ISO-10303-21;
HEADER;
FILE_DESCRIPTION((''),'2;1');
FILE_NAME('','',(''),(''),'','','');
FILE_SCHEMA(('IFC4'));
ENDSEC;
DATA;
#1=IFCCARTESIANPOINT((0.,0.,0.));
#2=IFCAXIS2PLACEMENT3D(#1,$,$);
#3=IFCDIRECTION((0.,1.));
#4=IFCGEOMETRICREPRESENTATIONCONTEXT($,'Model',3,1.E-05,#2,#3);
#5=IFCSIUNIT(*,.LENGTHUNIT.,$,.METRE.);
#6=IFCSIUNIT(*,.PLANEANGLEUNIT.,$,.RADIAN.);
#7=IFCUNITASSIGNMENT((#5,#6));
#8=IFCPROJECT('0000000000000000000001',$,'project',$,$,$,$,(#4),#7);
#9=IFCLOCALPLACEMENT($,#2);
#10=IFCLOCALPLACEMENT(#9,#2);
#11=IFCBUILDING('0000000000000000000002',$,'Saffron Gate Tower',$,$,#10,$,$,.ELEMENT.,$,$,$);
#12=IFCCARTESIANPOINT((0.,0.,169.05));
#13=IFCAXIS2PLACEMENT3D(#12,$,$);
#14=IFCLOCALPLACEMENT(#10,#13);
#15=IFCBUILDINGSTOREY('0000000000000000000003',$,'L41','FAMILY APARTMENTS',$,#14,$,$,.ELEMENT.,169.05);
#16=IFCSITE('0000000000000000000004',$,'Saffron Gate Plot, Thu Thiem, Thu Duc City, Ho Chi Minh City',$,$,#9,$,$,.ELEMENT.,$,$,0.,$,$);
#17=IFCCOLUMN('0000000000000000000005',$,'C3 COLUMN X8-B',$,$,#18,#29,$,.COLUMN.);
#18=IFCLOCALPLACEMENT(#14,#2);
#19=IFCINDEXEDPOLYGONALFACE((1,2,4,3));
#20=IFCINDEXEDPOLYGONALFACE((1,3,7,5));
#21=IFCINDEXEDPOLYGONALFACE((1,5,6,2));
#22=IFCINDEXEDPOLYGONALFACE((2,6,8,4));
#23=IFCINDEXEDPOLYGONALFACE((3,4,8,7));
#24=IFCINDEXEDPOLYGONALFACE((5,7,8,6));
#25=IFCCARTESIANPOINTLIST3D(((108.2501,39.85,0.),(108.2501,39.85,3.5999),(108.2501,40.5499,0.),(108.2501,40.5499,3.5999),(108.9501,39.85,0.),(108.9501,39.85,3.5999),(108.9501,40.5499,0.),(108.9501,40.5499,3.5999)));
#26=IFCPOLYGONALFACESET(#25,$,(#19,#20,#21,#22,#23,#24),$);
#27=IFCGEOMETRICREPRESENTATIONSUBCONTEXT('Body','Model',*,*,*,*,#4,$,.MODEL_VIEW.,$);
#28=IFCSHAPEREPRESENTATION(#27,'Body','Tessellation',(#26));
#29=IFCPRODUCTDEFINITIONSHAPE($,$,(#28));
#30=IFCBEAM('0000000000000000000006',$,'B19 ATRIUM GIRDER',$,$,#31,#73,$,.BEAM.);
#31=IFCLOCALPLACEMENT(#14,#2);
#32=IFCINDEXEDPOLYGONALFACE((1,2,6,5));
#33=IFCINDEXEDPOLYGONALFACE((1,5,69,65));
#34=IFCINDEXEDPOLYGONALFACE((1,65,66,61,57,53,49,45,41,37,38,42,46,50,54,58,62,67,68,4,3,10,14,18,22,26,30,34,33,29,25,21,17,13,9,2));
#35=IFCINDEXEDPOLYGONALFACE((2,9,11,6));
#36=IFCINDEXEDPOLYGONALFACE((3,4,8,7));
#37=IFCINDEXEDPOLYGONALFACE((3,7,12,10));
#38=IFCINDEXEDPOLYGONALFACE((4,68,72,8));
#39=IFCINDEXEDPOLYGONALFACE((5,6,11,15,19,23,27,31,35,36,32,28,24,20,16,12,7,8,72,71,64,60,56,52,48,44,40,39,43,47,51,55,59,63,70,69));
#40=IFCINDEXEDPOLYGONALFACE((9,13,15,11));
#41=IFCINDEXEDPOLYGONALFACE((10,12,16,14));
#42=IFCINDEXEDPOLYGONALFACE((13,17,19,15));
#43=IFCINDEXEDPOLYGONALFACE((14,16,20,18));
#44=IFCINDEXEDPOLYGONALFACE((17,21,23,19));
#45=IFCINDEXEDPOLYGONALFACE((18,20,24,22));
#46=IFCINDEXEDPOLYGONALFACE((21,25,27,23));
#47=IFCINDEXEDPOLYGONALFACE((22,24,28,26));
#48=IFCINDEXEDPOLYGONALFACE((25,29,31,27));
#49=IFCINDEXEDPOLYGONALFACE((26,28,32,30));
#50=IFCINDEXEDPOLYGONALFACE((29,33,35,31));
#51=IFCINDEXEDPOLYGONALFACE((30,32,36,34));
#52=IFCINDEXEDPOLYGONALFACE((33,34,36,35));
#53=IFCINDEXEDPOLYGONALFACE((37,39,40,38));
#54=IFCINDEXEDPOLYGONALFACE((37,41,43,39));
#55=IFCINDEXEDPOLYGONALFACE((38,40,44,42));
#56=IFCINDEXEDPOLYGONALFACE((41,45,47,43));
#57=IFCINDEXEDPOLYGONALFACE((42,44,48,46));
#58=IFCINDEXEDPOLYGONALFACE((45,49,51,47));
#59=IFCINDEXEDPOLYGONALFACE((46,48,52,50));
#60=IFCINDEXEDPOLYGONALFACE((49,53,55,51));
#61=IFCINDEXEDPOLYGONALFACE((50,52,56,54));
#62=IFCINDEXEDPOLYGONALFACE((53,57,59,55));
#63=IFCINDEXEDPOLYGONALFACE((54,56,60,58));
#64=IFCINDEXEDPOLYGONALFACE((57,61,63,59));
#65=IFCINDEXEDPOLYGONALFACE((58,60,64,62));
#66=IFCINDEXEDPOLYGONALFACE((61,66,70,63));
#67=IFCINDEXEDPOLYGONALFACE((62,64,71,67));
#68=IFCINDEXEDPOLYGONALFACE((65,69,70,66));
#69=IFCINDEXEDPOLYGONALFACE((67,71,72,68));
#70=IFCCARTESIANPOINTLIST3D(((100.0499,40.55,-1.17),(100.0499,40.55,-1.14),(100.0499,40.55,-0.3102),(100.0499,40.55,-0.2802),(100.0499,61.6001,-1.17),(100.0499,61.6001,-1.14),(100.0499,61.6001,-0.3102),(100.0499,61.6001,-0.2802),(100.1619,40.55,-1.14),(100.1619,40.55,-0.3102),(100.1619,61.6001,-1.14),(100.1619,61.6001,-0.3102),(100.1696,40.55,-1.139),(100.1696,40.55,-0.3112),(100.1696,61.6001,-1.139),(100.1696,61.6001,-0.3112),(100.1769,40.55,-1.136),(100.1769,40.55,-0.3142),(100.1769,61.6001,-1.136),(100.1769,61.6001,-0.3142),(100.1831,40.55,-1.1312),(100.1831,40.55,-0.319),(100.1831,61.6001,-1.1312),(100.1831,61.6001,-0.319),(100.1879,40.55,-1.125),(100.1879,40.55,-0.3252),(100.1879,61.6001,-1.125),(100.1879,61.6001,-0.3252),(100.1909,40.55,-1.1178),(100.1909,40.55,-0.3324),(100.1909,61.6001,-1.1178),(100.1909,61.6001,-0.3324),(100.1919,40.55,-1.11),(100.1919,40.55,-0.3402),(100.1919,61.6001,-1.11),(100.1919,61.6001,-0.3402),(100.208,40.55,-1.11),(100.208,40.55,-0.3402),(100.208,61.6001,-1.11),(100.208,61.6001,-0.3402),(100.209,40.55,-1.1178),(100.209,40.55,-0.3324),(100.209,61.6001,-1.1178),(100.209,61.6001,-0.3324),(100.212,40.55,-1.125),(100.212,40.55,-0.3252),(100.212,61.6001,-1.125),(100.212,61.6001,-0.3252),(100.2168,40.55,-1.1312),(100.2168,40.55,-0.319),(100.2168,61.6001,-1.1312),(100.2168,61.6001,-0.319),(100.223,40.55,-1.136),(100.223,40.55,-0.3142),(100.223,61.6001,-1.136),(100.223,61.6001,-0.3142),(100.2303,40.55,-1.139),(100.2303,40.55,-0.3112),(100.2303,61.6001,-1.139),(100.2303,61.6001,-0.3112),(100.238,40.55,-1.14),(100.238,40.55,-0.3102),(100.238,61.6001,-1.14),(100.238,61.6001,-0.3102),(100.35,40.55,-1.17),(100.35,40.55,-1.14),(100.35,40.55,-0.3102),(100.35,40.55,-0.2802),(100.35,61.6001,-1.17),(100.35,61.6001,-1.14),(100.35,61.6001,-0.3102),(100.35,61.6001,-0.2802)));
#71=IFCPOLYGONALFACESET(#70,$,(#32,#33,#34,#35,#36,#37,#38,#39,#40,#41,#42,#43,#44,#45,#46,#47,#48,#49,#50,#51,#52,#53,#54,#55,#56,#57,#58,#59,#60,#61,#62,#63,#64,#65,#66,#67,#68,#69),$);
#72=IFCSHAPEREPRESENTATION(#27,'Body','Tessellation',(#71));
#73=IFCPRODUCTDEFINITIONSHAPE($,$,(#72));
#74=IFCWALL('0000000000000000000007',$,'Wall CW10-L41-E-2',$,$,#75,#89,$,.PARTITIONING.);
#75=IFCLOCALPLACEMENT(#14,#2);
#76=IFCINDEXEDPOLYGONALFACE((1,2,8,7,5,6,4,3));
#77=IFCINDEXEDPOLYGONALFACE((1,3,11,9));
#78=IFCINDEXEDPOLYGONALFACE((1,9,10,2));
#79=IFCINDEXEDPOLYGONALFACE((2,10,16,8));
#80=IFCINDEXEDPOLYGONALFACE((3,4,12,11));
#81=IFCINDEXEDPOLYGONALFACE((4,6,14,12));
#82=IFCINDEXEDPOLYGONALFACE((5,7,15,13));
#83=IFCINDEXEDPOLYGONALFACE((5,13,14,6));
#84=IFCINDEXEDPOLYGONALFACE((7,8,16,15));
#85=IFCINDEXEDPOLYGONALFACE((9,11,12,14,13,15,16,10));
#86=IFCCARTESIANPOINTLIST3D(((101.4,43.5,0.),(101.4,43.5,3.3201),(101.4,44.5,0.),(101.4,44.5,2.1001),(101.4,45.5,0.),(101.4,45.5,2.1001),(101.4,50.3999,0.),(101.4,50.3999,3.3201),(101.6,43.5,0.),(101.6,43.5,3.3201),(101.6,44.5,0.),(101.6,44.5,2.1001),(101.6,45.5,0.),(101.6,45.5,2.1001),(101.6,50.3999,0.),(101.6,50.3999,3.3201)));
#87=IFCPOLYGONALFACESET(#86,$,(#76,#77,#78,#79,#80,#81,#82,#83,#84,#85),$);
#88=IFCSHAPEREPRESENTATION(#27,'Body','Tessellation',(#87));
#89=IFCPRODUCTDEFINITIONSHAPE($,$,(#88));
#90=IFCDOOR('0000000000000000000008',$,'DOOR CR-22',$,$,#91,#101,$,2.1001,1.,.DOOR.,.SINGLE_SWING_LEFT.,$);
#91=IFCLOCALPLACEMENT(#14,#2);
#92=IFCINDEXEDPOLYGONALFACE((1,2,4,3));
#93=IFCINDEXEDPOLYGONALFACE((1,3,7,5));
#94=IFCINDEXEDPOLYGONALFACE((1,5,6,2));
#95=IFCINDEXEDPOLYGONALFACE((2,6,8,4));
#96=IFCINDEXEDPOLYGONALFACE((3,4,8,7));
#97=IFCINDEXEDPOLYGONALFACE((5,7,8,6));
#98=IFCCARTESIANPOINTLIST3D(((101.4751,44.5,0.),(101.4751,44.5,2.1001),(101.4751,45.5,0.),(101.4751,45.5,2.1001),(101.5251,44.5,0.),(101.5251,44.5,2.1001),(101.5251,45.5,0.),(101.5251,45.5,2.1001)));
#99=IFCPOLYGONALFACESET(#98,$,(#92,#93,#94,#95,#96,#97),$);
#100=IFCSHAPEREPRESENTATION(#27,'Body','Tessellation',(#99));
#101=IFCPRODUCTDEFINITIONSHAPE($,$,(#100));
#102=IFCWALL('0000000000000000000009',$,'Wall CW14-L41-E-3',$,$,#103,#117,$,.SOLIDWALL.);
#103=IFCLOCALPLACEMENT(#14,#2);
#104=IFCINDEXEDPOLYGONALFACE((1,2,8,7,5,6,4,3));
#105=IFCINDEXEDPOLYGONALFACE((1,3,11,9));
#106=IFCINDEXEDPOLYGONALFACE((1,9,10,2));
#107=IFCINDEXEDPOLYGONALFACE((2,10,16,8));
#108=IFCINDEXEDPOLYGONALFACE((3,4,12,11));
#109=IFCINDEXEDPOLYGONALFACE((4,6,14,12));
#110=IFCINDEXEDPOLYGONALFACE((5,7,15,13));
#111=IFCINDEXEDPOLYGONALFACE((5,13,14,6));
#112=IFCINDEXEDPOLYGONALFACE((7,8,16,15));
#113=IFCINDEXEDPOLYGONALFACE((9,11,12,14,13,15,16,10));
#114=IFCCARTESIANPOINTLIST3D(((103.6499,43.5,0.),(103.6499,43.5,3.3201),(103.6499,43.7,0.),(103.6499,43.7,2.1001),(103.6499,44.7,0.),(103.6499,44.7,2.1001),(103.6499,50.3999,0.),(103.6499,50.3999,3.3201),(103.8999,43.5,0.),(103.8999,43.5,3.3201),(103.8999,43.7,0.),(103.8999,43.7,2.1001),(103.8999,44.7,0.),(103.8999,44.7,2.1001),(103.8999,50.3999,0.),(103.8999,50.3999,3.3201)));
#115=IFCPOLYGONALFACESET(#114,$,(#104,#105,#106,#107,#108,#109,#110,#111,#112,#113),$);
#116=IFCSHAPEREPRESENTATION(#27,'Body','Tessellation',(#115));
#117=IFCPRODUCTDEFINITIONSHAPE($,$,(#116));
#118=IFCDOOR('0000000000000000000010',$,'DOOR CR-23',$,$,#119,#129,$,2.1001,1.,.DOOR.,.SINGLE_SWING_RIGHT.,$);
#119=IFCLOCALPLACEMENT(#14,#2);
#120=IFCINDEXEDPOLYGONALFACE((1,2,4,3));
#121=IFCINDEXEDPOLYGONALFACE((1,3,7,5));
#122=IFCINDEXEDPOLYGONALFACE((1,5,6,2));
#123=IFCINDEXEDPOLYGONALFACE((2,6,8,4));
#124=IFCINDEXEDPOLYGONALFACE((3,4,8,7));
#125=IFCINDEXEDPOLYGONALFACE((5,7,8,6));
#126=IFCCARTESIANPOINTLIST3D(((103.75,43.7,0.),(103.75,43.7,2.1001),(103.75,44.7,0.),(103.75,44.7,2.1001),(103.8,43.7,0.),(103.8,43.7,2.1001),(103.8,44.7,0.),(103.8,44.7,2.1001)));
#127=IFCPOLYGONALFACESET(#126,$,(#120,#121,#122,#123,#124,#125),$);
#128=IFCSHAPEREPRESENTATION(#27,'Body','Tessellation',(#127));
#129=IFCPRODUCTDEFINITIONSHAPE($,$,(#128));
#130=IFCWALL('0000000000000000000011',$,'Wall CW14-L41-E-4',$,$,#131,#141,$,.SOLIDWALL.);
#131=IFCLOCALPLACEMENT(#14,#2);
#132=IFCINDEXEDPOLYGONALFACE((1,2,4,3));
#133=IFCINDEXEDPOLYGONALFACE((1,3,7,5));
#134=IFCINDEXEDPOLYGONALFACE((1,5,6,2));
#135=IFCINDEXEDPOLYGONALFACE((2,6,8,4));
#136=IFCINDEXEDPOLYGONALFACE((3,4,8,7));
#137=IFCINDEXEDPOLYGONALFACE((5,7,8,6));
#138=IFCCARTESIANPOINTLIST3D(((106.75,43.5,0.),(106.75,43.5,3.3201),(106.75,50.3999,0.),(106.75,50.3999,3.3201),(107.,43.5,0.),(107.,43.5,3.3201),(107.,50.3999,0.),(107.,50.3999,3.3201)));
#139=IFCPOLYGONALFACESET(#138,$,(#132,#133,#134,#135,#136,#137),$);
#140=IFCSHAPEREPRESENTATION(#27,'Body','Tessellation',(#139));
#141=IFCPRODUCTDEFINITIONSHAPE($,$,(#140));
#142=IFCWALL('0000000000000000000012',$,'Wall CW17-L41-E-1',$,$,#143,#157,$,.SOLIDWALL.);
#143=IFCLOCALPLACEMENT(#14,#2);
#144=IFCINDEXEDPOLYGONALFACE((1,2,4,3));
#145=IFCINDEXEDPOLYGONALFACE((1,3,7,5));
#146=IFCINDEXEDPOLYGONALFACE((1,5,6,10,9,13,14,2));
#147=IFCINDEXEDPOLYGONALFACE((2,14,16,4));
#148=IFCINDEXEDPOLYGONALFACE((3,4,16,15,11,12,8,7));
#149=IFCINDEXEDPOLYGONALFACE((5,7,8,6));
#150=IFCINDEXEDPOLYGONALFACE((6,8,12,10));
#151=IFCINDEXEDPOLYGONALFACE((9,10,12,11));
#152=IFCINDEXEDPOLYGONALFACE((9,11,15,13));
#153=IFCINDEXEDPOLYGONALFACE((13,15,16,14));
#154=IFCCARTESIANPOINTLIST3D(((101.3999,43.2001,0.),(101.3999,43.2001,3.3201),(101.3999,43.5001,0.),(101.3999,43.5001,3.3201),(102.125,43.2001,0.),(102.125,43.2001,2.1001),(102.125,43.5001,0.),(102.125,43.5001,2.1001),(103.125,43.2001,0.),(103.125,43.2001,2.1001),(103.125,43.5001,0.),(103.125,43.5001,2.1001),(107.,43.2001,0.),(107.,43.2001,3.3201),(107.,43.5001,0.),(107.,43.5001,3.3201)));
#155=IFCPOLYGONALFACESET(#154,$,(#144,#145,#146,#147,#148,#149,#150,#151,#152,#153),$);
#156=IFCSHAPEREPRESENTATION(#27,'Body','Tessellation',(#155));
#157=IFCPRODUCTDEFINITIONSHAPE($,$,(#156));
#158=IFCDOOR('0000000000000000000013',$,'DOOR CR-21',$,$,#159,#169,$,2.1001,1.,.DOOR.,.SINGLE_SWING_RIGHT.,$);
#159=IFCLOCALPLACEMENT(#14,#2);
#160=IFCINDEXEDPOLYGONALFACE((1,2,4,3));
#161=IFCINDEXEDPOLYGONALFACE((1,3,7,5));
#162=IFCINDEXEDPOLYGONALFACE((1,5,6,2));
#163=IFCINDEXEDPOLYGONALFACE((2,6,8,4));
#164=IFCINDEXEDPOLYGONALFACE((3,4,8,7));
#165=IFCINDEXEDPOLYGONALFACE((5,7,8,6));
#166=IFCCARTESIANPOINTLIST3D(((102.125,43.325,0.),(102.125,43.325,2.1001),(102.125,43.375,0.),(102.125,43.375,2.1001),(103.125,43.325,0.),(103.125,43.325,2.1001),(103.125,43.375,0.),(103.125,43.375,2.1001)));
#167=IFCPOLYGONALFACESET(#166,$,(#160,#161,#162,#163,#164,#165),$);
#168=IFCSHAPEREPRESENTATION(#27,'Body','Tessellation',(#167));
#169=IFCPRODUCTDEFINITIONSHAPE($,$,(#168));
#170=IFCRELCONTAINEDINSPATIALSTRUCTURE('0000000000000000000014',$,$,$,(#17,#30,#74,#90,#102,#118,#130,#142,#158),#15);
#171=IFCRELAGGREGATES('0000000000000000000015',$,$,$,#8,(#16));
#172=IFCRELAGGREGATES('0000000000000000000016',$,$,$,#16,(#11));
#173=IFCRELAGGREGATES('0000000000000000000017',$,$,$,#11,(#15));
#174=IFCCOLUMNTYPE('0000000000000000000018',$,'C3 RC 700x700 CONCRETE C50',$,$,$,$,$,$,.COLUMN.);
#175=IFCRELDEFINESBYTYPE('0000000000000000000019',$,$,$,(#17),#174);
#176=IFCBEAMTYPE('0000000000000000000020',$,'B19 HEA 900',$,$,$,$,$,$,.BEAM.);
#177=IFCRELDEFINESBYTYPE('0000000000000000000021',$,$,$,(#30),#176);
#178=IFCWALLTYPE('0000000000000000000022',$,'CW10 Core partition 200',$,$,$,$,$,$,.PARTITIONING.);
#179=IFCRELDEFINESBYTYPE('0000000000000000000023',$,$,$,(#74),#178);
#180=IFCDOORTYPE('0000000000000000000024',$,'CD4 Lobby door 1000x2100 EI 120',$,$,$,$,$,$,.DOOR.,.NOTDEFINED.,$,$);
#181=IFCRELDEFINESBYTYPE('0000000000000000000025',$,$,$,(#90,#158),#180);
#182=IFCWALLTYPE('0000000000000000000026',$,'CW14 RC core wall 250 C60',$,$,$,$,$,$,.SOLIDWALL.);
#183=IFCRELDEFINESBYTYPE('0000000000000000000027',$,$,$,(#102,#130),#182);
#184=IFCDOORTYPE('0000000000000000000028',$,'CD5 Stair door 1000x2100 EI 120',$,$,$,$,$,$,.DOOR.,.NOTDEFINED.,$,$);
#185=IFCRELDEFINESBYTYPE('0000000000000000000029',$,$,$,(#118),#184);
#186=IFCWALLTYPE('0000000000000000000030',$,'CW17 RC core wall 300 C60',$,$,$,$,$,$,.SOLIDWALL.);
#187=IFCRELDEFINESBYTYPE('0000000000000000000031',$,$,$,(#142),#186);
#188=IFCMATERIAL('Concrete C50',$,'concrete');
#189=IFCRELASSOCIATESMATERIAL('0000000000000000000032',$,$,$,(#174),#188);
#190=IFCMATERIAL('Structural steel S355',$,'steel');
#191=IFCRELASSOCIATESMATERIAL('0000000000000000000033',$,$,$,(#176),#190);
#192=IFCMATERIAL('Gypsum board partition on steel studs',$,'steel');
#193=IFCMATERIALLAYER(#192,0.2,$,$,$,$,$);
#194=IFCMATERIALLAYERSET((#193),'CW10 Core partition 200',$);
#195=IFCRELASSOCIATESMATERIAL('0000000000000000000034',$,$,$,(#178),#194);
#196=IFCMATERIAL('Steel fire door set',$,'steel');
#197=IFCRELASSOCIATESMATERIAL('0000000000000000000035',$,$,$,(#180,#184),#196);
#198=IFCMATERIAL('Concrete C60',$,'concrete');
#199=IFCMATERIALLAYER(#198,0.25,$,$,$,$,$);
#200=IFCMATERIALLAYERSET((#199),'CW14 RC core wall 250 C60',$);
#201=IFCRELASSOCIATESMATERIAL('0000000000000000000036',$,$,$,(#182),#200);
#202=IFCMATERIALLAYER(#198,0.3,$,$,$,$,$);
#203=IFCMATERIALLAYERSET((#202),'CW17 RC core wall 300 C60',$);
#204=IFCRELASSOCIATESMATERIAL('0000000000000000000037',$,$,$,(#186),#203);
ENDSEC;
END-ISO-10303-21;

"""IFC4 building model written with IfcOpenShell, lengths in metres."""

from ifc_helpers import new_model, si_unit, direction, frame, frame_2d, origin, origin_2d, place, context, subcontext, project, spatial, rectangle, i_section, extrude, material, layer, layer_set, material_profile, profile_set, type_object, element, fill, save


model = new_model("IFC4")

# Units and contexts
model_context = context("Model", 3, precision=1e-05, world=origin(), true_north=direction((0.0, 1.0)))
body_context = subcontext(model_context, "Body", "Model", "MODEL_VIEW")
ifc_project = project(units=[si_unit("LENGTHUNIT", "METRE"), si_unit("PLANEANGLEUNIT", "RADIAN")], contexts=[model_context])

# Site, building, storey
site_placement = place(None, origin())
site = spatial("IfcSite", under=ifc_project, at=site_placement, Name="Saffron Gate Plot, Thu Thiem, Thu Duc City, Ho Chi Minh City", CompositionType="ELEMENT", RefElevation=0.0)
building_placement = place(site_placement, origin())
building = spatial("IfcBuilding", under=site, at=building_placement, Name="Saffron Gate Tower", CompositionType="ELEMENT")
storey_placement = place(building_placement, frame((0.0, 0.0, 169.05)))
storey = spatial("IfcBuildingStorey", under=building, at=storey_placement, Name="L41", Description="FAMILY APARTMENTS", CompositionType="ELEMENT", Elevation=169.05)

# Column
ifc_material_1 = material(Name="Concrete C50", Category="concrete")
ifc_material_profile_1 = material_profile(ifc_material_1, rectangle(XDim=0.7, YDim=0.7, at=origin_2d()))
ifc_profile_set_1 = profile_set([ifc_material_profile_1], Name="Concrete C50")
column_type = type_object("IfcColumnType", Name="C3 RC 700x700 CONCRETE C50", PredefinedType="COLUMN", material=ifc_profile_set_1)
column_placement = place(storey_placement, frame((108.6001, 40.2, 0.0), z_axis=(0.0, 0.0, 1.0), x_axis=(1.0, 0.0, 0.0)))
element("IfcColumn", 1, at=column_placement, inside=storey, type_object=column_type, Name="C3 COLUMN X8-B", PredefinedType="COLUMN", context=body_context, shape_type="SweptSolid", body=[
    extrude(rectangle(XDim=0.7, YDim=0.7, at=origin_2d()), origin(), (0.0, 0.0, 1.0), 3.5999),
])

# Beam
ifc_material_2 = material(Name="Structural steel S355", Category="steel")
ifc_material_profile_2 = material_profile(ifc_material_2, i_section(OverallWidth=0.3, OverallDepth=0.8899, WebThickness=0.0161, FlangeThickness=0.03, FilletRadius=0.03, at=origin_2d()))
ifc_profile_set_2 = profile_set([ifc_material_profile_2], Name="Structural steel S355")
beam_type = type_object("IfcBeamType", Name="B19 HEA 900", PredefinedType="BEAM", material=ifc_profile_set_2)
beam_placement = place(storey_placement, frame((100.2, 40.55, -0.7251), z_axis=(0.0, 1.0, 0.0), x_axis=(-1.0, 0.0, 0.0)))
element("IfcBeam", 2, at=beam_placement, inside=storey, type_object=beam_type, Name="B19 ATRIUM GIRDER", PredefinedType="BEAM", context=body_context, shape_type="SweptSolid", body=[
    extrude(i_section(OverallWidth=0.3, OverallDepth=0.8899, WebThickness=0.0161, FlangeThickness=0.03, FilletRadius=0.03, at=origin_2d()), origin(), (0.0, 0.0, 1.0), 21.05),
])

# Walls, openings, doors
ifc_material_3 = material(Name="Gypsum board partition on steel studs", Category="steel")
ifc_layer_1 = layer(ifc_material_3, 0.2)
ifc_layer_set_1 = layer_set([ifc_layer_1], Name="CW10 Core partition 200")
wall_type_1 = type_object("IfcWallType", Name="CW10 Core partition 200", PredefinedType="PARTITIONING", material=ifc_layer_set_1)
wall_1_placement = place(storey_placement, frame((101.5, 43.5, 0.0), z_axis=(0.0, 0.0, 1.0), x_axis=(0.0, 1.0, 0.0)))
wall_1 = element("IfcWall", 3, at=wall_1_placement, inside=storey, type_object=wall_type_1, Name="Wall CW10-L41-E-2", PredefinedType="PARTITIONING", context=body_context, shape_type="SweptSolid", body=[
    extrude(rectangle(XDim=6.8999, YDim=0.2, at=frame_2d((3.45, 0.0))), origin(), (0.0, 0.0, 1.0), 3.3201),
])
opening_1_placement = place(wall_1_placement, frame((1.0, 0.0, 0.0)))
opening_1 = element("IfcOpeningElement", 4, at=opening_1_placement, cuts=wall_1, PredefinedType="OPENING", context=body_context, shape_type="SweptSolid", body=[
    extrude(rectangle(XDim=1.0, YDim=2.1001, at=frame_2d((0.5, 1.05))), frame((0.0, 0.1099, 0.0), z_axis=(0.0, -1.0, 0.0), x_axis=(1.0, 0.0, 0.0)), (0.0, 0.0, 1.0), 0.22),
])
ifc_material_4 = material(Name="Steel fire door set", Category="steel")
door_type_1 = type_object("IfcDoorType", Name="CD4 Lobby door 1000x2100 EI 120", OperationType="NOTDEFINED", PredefinedType="DOOR", material=ifc_material_4)
door_1_placement = place(opening_1_placement, origin())
door_1 = element("IfcDoor", 5, at=door_1_placement, inside=storey, type_object=door_type_1, Name="DOOR CR-22", OperationType="SINGLE_SWING_LEFT", OverallHeight=2.1001, OverallWidth=1.0, PredefinedType="DOOR", context=body_context, shape_type="SweptSolid", body=[
    extrude(rectangle(XDim=1.0, YDim=2.1001, at=frame_2d((0.5, 1.05))), frame((0.0, 0.0249, 0.0), z_axis=(0.0, -1.0, 0.0), x_axis=(1.0, 0.0, 0.0)), (0.0, 0.0, 1.0), 0.05),
])
fill(opening_1, door_1)
ifc_material_5 = material(Name="Concrete C60", Category="concrete")
ifc_layer_2 = layer(ifc_material_5, 0.25)
ifc_layer_set_2 = layer_set([ifc_layer_2], Name="CW14 RC core wall 250 C60")
wall_type_2 = type_object("IfcWallType", Name="CW14 RC core wall 250 C60", PredefinedType="SOLIDWALL", material=ifc_layer_set_2)
wall_2_placement = place(storey_placement, frame((103.7749, 43.5, 0.0), z_axis=(0.0, 0.0, 1.0), x_axis=(0.0, 1.0, 0.0)))
wall_2 = element("IfcWall", 6, at=wall_2_placement, inside=storey, type_object=wall_type_2, Name="Wall CW14-L41-E-3", PredefinedType="SOLIDWALL", context=body_context, shape_type="SweptSolid", body=[
    extrude(rectangle(XDim=6.8999, YDim=0.25, at=frame_2d((3.45, 0.0))), origin(), (0.0, 0.0, 1.0), 3.3201),
])
opening_2_placement = place(wall_2_placement, frame((0.2, 0.0, 0.0)))
opening_2 = element("IfcOpeningElement", 7, at=opening_2_placement, cuts=wall_2, PredefinedType="OPENING", context=body_context, shape_type="SweptSolid", body=[
    extrude(rectangle(XDim=1.0, YDim=2.1001, at=frame_2d((0.5, 1.05))), frame((0.0, 0.135, 0.0), z_axis=(0.0, -1.0, 0.0), x_axis=(1.0, 0.0, 0.0)), (0.0, 0.0, 1.0), 0.27),
])
door_type_2 = type_object("IfcDoorType", Name="CD5 Stair door 1000x2100 EI 120", OperationType="NOTDEFINED", PredefinedType="DOOR", material=ifc_material_4)
door_2_placement = place(opening_2_placement, origin())
door_2 = element("IfcDoor", 8, at=door_2_placement, inside=storey, type_object=door_type_2, Name="DOOR CR-23", OperationType="SINGLE_SWING_RIGHT", OverallHeight=2.1001, OverallWidth=1.0, PredefinedType="DOOR", context=body_context, shape_type="SweptSolid", body=[
    extrude(rectangle(XDim=1.0, YDim=2.1001, at=frame_2d((0.5, 1.05))), frame((0.0, 0.0249, 0.0), z_axis=(0.0, -1.0, 0.0), x_axis=(1.0, 0.0, 0.0)), (0.0, 0.0, 1.0), 0.05),
])
fill(opening_2, door_2)

# Wall
wall_3_placement = place(storey_placement, frame((106.875, 43.5, 0.0), z_axis=(0.0, 0.0, 1.0), x_axis=(0.0, 1.0, 0.0)))
element("IfcWall", 9, at=wall_3_placement, inside=storey, type_object=wall_type_2, Name="Wall CW14-L41-E-4", PredefinedType="SOLIDWALL", context=body_context, shape_type="SweptSolid", body=[
    extrude(rectangle(XDim=6.8999, YDim=0.25, at=frame_2d((3.45, 0.0))), origin(), (0.0, 0.0, 1.0), 3.3201),
])

# Wall, opening, door
ifc_layer_3 = layer(ifc_material_5, 0.3)
ifc_layer_set_3 = layer_set([ifc_layer_3], Name="CW17 RC core wall 300 C60")
wall_type_3 = type_object("IfcWallType", Name="CW17 RC core wall 300 C60", PredefinedType="SOLIDWALL", material=ifc_layer_set_3)
wall_4_placement = place(storey_placement, frame((101.3999, 43.3501, 0.0), z_axis=(0.0, 0.0, 1.0), x_axis=(1.0, 0.0, 0.0)))
wall_4 = element("IfcWall", 10, at=wall_4_placement, inside=storey, type_object=wall_type_3, Name="Wall CW17-L41-E-1", PredefinedType="SOLIDWALL", context=body_context, shape_type="SweptSolid", body=[
    extrude(rectangle(XDim=5.6001, YDim=0.3, at=frame_2d((2.8, 0.0))), origin(), (0.0, 0.0, 1.0), 3.3201),
])
opening_3_placement = place(wall_4_placement, frame((0.7251, 0.0, 0.0)))
opening_3 = element("IfcOpeningElement", 11, at=opening_3_placement, cuts=wall_4, PredefinedType="OPENING", context=body_context, shape_type="SweptSolid", body=[
    extrude(rectangle(XDim=1.0, YDim=2.1001, at=frame_2d((0.5, 1.05))), frame((0.0, 0.1602, 0.0), z_axis=(0.0, -1.0, 0.0), x_axis=(1.0, 0.0, 0.0)), (0.0, 0.0, 1.0), 0.3201),
])
door_3_placement = place(opening_3_placement, origin())
door_3 = element("IfcDoor", 12, at=door_3_placement, inside=storey, type_object=door_type_1, Name="DOOR CR-21", OperationType="SINGLE_SWING_RIGHT", OverallHeight=2.1001, OverallWidth=1.0, PredefinedType="DOOR", context=body_context, shape_type="SweptSolid", body=[
    extrude(rectangle(XDim=1.0, YDim=2.1001, at=frame_2d((0.5, 1.05))), frame((0.0, 0.0249, 0.0), z_axis=(0.0, -1.0, 0.0), x_axis=(1.0, 0.0, 0.0)), (0.0, 0.0, 1.0), 0.05),
])
fill(opening_3, door_3)

save(model, "model.ifc")
